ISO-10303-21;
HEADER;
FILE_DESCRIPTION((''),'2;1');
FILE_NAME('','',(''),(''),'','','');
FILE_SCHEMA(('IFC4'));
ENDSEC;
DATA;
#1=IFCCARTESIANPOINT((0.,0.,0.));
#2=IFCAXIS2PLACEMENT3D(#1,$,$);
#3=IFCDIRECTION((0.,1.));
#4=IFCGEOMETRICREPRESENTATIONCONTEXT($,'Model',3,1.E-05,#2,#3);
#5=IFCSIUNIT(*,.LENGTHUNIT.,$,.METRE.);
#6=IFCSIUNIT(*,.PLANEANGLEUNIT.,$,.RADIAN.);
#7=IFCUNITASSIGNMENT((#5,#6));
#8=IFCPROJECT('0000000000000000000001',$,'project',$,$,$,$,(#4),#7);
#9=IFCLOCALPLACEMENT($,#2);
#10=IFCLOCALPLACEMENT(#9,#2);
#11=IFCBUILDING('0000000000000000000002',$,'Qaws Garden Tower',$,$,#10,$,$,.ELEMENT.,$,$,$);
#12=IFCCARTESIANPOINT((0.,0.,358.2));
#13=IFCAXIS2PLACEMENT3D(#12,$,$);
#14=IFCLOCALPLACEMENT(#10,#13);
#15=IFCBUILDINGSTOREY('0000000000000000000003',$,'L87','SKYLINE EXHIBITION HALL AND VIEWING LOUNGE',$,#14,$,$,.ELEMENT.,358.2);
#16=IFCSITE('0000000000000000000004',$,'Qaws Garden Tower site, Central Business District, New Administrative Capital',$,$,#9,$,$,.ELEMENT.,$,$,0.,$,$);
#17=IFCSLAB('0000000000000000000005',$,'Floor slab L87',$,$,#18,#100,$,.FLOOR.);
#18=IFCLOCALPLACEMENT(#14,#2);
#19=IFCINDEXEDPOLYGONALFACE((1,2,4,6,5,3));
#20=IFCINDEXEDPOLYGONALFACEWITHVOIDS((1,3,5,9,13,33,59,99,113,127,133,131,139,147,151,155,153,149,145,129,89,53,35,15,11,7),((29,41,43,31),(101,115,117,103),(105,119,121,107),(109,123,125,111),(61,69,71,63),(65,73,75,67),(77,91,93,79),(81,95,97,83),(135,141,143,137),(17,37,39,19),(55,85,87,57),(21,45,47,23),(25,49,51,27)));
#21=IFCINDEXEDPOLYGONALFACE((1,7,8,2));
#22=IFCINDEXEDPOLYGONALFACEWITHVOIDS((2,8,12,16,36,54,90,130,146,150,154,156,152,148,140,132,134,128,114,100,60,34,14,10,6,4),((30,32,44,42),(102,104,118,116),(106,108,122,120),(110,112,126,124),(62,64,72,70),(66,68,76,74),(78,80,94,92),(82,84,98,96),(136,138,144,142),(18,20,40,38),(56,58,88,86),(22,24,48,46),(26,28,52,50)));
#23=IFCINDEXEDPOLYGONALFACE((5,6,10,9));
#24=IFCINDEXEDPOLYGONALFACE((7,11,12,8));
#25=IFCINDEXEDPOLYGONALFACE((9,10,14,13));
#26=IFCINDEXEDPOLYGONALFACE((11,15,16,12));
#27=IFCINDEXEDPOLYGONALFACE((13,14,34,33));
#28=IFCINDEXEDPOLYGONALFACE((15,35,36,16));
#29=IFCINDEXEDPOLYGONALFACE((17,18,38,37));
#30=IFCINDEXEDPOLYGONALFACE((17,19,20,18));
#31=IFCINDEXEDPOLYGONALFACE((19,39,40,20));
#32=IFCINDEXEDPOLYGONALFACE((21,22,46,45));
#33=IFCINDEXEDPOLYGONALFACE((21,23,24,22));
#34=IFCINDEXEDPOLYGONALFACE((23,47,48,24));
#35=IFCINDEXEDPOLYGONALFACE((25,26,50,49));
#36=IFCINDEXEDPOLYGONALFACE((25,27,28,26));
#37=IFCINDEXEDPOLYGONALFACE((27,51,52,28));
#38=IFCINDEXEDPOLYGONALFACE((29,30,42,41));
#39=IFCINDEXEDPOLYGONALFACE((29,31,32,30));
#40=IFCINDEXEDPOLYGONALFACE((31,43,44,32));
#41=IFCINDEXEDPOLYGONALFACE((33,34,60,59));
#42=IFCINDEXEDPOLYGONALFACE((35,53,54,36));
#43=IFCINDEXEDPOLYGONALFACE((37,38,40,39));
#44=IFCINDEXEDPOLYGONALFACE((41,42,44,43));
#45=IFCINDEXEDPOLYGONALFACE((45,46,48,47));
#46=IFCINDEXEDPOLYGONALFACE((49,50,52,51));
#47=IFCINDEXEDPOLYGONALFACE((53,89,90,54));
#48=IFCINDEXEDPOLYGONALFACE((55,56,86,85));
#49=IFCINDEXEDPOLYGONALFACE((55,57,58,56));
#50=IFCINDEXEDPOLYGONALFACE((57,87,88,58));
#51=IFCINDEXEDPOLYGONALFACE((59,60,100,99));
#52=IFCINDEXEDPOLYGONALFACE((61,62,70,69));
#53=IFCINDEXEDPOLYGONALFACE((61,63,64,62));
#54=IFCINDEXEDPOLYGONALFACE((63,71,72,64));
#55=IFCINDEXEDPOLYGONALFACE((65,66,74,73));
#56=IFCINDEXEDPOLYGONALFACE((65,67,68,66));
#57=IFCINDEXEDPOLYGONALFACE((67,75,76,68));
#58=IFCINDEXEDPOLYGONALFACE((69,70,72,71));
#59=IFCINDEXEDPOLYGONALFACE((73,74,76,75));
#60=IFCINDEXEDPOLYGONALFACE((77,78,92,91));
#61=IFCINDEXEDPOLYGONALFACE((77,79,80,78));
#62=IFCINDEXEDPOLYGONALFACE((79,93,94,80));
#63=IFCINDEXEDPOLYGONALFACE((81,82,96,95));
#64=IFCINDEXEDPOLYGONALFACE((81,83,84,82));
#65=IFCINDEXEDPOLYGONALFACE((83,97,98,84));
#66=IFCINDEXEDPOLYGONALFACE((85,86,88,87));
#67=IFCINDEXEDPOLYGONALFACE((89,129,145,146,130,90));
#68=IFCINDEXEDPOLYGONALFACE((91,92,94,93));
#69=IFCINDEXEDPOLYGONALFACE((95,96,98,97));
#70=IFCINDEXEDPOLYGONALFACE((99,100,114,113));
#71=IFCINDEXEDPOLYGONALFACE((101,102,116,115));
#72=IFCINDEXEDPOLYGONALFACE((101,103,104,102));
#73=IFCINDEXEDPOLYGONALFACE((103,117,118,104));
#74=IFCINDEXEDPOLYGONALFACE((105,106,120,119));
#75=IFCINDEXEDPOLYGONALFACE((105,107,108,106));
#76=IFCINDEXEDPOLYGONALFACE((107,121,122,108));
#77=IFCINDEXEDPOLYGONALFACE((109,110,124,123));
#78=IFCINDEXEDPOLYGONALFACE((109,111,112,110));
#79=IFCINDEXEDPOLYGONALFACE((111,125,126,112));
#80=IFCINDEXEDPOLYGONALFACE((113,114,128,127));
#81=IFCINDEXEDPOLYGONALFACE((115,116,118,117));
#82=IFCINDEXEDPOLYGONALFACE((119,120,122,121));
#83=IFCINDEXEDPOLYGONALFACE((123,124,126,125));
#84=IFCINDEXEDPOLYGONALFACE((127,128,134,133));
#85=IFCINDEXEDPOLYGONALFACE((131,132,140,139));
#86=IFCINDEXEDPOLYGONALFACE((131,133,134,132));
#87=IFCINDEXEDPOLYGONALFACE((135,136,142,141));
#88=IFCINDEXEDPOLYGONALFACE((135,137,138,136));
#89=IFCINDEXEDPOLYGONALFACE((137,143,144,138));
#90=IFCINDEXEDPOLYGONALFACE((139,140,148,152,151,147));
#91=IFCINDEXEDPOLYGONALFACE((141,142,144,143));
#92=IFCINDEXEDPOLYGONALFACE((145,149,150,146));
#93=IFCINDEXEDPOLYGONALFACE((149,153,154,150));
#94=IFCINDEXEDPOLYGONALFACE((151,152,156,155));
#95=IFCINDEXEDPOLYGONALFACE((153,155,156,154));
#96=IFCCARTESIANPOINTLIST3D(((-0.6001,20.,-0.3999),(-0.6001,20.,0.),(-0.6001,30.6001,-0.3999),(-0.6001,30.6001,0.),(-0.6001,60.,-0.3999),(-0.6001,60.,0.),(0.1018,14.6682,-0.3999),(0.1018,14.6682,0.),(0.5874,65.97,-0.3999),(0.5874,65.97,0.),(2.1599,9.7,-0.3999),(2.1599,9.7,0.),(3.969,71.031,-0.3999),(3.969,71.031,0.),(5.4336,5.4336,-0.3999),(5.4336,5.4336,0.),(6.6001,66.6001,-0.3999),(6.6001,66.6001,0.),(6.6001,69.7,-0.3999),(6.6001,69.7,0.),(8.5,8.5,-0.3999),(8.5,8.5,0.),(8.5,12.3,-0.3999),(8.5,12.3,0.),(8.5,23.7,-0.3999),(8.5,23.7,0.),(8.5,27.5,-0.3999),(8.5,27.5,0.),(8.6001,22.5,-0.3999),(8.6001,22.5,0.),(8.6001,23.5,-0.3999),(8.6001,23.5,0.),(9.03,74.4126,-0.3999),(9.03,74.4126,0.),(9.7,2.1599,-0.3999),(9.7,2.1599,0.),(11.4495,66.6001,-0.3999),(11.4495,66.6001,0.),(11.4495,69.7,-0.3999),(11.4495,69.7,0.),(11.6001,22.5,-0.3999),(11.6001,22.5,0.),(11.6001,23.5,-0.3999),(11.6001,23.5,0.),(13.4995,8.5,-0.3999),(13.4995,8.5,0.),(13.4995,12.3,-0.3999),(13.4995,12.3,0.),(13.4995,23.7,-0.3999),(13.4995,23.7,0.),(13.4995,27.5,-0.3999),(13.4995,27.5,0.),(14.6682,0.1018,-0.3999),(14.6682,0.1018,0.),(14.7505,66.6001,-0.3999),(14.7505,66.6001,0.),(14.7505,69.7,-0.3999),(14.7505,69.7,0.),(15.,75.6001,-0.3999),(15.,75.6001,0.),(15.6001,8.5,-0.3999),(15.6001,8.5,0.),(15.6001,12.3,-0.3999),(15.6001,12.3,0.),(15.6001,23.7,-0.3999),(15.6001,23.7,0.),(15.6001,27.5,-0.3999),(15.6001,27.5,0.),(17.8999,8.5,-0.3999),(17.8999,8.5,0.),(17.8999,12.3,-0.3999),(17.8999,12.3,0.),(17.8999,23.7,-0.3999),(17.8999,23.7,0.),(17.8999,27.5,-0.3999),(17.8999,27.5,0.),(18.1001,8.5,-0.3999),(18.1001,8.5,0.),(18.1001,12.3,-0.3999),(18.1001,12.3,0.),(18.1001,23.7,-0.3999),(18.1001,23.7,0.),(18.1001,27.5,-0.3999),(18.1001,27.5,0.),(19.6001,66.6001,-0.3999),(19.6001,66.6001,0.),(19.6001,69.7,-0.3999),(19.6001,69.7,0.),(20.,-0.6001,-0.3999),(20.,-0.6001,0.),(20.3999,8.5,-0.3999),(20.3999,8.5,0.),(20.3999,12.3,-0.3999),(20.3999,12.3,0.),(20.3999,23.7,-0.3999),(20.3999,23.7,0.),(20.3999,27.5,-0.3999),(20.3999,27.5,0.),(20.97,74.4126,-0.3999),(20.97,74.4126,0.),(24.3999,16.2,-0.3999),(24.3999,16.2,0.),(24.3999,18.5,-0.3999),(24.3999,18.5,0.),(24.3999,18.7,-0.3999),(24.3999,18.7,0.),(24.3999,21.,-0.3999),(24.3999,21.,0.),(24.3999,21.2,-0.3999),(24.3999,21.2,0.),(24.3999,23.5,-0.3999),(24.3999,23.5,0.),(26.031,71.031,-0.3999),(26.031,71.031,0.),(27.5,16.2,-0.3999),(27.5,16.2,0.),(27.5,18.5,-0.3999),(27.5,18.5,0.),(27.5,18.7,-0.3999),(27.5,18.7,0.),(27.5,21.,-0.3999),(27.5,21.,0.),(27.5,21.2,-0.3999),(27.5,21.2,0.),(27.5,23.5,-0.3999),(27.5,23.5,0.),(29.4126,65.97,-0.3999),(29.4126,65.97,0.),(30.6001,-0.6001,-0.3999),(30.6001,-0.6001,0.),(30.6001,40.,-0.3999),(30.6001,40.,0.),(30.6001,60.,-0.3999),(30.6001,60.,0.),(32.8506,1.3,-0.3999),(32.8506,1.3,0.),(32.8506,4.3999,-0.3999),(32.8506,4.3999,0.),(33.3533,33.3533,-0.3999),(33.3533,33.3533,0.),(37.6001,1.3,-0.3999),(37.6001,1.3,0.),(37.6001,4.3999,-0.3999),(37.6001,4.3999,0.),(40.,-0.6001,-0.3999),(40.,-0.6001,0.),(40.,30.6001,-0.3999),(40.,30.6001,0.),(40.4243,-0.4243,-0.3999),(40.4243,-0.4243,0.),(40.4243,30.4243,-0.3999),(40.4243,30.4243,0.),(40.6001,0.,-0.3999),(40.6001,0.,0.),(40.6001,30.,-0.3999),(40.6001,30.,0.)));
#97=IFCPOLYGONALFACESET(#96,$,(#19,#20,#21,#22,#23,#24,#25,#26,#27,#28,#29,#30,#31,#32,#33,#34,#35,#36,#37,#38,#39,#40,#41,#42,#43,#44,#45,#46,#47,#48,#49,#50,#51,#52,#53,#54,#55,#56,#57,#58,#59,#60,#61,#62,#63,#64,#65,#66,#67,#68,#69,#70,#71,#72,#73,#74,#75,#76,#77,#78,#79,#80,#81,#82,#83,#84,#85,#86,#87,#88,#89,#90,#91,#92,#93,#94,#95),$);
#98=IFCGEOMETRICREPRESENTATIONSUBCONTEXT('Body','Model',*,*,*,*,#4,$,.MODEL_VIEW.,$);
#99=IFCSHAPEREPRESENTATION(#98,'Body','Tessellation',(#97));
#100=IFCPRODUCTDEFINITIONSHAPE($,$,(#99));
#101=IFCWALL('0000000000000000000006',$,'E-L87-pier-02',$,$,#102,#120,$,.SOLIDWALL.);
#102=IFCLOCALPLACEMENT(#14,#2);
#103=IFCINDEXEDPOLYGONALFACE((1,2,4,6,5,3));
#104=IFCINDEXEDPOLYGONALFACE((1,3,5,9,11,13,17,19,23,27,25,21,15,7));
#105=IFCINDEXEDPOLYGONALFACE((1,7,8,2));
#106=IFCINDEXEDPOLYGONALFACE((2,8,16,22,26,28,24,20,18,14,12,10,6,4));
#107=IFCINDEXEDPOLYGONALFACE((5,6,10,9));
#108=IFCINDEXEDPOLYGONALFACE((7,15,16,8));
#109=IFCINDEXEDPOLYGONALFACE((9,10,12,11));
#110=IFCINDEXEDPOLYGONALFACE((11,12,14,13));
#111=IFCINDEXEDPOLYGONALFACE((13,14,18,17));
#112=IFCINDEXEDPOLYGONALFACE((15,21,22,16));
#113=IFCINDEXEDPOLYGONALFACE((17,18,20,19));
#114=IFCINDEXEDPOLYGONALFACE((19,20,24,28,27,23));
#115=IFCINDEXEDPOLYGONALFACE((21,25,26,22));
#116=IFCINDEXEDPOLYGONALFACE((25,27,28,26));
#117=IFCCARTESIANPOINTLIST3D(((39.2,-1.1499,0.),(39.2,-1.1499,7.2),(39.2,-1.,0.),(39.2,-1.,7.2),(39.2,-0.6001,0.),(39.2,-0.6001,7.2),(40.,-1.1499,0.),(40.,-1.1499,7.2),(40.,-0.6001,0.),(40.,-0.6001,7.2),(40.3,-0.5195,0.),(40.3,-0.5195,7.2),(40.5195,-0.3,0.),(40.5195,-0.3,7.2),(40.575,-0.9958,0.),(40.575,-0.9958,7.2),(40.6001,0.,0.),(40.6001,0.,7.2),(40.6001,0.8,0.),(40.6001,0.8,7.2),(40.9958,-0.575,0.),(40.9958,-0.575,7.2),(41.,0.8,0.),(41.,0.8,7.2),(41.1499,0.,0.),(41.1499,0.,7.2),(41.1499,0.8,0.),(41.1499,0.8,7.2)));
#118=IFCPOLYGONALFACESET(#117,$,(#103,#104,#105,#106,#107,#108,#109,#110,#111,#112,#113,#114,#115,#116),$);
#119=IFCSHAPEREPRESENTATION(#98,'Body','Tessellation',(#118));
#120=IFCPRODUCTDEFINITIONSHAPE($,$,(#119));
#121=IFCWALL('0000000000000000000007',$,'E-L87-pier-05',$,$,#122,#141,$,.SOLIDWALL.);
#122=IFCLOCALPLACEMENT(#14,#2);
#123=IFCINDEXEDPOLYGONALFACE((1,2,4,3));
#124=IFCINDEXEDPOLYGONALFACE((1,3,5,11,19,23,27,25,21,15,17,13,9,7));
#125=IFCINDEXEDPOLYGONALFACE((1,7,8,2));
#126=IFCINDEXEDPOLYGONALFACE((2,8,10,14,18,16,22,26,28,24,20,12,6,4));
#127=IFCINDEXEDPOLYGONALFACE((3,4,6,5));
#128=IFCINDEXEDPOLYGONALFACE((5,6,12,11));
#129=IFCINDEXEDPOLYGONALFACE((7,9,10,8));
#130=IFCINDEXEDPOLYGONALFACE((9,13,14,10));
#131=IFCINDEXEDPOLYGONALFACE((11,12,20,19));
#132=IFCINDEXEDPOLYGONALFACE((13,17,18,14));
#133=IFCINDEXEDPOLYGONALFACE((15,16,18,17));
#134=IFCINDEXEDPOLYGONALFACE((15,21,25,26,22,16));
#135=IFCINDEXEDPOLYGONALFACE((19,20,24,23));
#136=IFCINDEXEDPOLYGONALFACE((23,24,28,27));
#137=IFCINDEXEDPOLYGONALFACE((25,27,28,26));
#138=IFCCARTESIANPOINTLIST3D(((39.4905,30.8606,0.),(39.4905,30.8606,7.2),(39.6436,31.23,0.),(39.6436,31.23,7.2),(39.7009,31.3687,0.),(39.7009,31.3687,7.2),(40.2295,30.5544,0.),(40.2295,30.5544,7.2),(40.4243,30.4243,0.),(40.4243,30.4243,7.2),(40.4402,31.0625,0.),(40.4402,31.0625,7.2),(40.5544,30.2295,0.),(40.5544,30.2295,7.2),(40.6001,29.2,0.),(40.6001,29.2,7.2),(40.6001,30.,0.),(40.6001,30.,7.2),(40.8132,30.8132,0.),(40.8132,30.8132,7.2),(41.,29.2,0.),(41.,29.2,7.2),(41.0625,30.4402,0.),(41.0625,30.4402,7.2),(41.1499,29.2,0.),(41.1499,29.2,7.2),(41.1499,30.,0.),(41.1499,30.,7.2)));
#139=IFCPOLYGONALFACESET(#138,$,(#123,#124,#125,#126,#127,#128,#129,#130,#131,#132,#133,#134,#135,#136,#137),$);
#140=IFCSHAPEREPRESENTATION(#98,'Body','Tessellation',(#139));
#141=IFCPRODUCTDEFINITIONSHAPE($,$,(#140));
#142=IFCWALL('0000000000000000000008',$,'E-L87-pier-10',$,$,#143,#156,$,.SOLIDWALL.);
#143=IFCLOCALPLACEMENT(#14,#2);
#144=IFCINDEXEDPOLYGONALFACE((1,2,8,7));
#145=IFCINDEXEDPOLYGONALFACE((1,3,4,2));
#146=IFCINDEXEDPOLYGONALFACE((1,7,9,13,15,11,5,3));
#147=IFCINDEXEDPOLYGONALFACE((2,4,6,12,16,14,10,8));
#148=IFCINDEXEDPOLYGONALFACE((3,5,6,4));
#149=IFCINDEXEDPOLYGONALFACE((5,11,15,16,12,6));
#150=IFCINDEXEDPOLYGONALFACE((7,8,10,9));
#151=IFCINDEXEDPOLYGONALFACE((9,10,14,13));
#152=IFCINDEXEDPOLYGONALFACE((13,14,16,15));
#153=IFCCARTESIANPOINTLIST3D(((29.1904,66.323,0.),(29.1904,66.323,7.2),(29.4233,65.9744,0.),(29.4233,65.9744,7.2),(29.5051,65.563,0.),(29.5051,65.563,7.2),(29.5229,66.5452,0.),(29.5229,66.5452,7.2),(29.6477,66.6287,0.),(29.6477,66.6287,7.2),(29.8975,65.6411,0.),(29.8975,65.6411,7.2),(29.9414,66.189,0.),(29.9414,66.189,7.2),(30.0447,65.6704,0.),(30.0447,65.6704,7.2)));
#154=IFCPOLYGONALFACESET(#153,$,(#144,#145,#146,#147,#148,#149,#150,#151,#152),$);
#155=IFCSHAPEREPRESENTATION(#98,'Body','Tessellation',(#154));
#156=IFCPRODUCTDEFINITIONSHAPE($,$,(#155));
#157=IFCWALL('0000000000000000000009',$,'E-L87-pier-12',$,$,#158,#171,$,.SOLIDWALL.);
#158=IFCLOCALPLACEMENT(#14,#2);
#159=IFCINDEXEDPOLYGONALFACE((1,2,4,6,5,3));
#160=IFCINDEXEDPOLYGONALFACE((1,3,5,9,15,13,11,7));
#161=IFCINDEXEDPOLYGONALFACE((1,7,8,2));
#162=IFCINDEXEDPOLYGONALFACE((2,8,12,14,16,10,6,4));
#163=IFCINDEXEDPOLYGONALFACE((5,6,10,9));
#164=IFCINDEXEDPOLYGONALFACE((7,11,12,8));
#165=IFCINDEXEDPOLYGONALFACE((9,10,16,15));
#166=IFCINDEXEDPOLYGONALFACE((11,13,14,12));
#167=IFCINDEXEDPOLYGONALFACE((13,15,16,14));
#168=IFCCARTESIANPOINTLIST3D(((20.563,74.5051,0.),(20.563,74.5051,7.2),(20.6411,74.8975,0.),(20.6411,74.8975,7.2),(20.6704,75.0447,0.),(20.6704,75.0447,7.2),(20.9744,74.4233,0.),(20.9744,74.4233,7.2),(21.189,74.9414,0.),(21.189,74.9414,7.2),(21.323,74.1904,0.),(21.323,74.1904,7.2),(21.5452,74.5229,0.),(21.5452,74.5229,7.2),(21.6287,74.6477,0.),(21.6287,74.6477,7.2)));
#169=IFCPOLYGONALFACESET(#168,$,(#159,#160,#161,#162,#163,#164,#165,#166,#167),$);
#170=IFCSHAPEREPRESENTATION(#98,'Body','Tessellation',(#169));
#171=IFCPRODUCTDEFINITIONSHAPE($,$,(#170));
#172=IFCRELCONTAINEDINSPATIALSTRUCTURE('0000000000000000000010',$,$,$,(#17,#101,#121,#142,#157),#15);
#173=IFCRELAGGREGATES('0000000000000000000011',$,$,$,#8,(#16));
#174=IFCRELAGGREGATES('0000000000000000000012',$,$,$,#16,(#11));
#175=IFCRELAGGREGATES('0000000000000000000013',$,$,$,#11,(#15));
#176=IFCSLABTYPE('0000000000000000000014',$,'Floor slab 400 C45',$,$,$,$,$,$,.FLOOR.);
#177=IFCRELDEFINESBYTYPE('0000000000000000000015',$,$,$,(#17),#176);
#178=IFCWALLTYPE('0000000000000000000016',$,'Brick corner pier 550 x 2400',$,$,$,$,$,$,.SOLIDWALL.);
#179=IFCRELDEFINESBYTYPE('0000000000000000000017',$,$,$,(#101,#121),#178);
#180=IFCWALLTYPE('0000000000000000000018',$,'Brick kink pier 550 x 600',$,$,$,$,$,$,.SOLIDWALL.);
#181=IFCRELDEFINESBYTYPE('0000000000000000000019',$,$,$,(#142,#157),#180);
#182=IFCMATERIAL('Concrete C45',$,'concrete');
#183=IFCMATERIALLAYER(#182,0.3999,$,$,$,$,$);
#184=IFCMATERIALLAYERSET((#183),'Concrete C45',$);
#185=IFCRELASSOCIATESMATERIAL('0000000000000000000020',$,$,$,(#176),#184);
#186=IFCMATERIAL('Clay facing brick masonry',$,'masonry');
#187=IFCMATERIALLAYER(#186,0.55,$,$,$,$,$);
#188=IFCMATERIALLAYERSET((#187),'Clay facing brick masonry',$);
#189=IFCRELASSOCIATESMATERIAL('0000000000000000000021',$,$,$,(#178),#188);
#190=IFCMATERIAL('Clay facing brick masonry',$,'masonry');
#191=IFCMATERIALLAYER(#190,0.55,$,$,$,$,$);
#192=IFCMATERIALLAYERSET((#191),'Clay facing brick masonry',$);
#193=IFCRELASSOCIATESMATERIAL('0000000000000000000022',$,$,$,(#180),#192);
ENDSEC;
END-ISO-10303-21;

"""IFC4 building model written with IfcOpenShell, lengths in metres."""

from ifc_helpers import new_model, si_unit, direction, frame, origin, place, context, subcontext, project, spatial, polyline, outline, extrude, material, layer, layer_set, type_object, element, save


model = new_model("IFC4")

# Units and contexts
model_context = context("Model", 3, precision=1e-05, world=origin(), true_north=direction((0.0, 1.0)))
body_context = subcontext(model_context, "Body", "Model", "MODEL_VIEW")
ifc_project = project(units=[si_unit("LENGTHUNIT", "METRE"), si_unit("PLANEANGLEUNIT", "RADIAN")], contexts=[model_context])

# Site, building, storey
site_placement = place(None, origin())
site = spatial("IfcSite", under=ifc_project, at=site_placement, Name="Qaws Garden Tower site, Central Business District, New Administrative Capital", CompositionType="ELEMENT", RefElevation=0.0)
building_placement = place(site_placement, origin())
building = spatial("IfcBuilding", under=site, at=building_placement, Name="Qaws Garden Tower", CompositionType="ELEMENT")
storey_placement = place(building_placement, frame((0.0, 0.0, 358.2)))
storey = spatial("IfcBuildingStorey", under=building, at=storey_placement, Name="L87", Description="SKYLINE EXHIBITION HALL AND VIEWING LOUNGE", CompositionType="ELEMENT", Elevation=358.2)

# Slab
ifc_material_1 = material(Name="Concrete C45", Category="concrete")
ifc_layer_1 = layer(ifc_material_1, 0.3999)
ifc_layer_set_1 = layer_set([ifc_layer_1], Name="Concrete C45")
slab_type = type_object("IfcSlabType", Name="Floor slab 400 C45", PredefinedType="FLOOR", material=ifc_layer_set_1)
slab_placement = place(storey_placement, frame((0.0, 0.0, -0.3999)))
element("IfcSlab", 1, at=slab_placement, inside=storey, type_object=slab_type, Name="Floor slab L87", PredefinedType="FLOOR", context=body_context, shape_type="SweptSolid", body=[
    extrude(outline(polyline([(0.1018, 14.6682), (-0.6001, 20.0), (-0.6001, 30.6001), (-0.6001, 60.0), (-0.6001, 60.0), (0.5874, 65.97), (3.969, 71.031), (9.03, 74.4126), (15.0, 75.6001), (20.97, 74.4126), (26.031, 71.031), (29.4126, 65.97), (30.6001, 60.0), (30.6001, 40.0), (33.3533, 33.3533), (40.0, 30.6001), (40.4243, 30.4243), (40.6001, 30.0), (40.6001, 0.0), (40.4243, -0.4243), (40.0, -0.6001), (30.6001, -0.6001), (20.0, -0.6001), (14.6682, 0.1018), (9.7, 2.1599), (5.4336, 5.4336), (2.1599, 9.7), (0.1018, 14.6682)]), holes=[polyline([(8.5, 12.3), (8.5, 8.5), (13.4995, 8.5), (13.4995, 12.3), (8.5, 12.3)]), polyline([(17.8999, 12.3), (15.6001, 12.3), (15.6001, 8.5), (17.8999, 8.5), (17.8999, 12.3)]), polyline([(11.6001, 23.5), (8.6001, 23.5), (8.6001, 22.5), (11.6001, 22.5), (11.6001, 23.5)]), polyline([(8.5, 27.5), (8.5, 23.7), (13.4995, 23.7), (13.4995, 27.5), (8.5, 27.5)]), polyline([(17.8999, 27.5), (15.6001, 27.5), (15.6001, 23.7), (17.8999, 23.7), (17.8999, 27.5)]), polyline([(11.4495, 69.7), (6.6001, 69.7), (6.6001, 66.6001), (11.4495, 66.6001), (11.4495, 69.7)]), polyline([(14.7505, 69.7), (14.7505, 66.6001), (19.6001, 66.6001), (19.6001, 69.7), (14.7505, 69.7)]), polyline([(37.6001, 4.3999), (32.8506, 4.3999), (32.8506, 1.3), (37.6001, 1.3), (37.6001, 4.3999)]), polyline([(20.3999, 12.3), (18.1001, 12.3), (18.1001, 8.5), (20.3999, 8.5), (20.3999, 12.3)]), polyline([(27.5, 18.5), (24.3999, 18.5), (24.3999, 16.2), (27.5, 16.2), (27.5, 18.5)]), polyline([(27.5, 21.0), (24.3999, 21.0), (24.3999, 18.7), (27.5, 18.7), (27.5, 21.0)]), polyline([(27.5, 23.5), (24.3999, 23.5), (24.3999, 21.2), (27.5, 21.2), (27.5, 23.5)]), polyline([(20.3999, 27.5), (18.1001, 27.5), (18.1001, 23.7), (20.3999, 23.7), (20.3999, 27.5)])]), origin(), (0.0, 0.0, 1.0), 0.3999),
])

# Walls
ifc_material_2 = material(Name="Clay facing brick masonry", Category="masonry")
ifc_layer_2 = layer(ifc_material_2, 0.55)
ifc_layer_set_2 = layer_set([ifc_layer_2], Name="Clay facing brick masonry")
wall_type_1 = type_object("IfcWallType", Name="Brick corner pier 550 x 2400", PredefinedType="SOLIDWALL", material=ifc_layer_set_2)
placement = place(storey_placement, origin())
element("IfcWall", 2, at=placement, inside=storey, type_object=wall_type_1, Name="E-L87-pier-02", PredefinedType="SOLIDWALL", context=body_context, shape_type="SweptSolid", body=[
    extrude(outline(polyline([(39.2, -1.0), (39.2, -1.1499), (40.0, -1.1499), (40.575, -0.9958), (40.9958, -0.575), (41.1499, 0.0), (41.1499, 0.8), (41.0, 0.8), (40.6001, 0.8), (40.6001, 0.0), (40.5195, -0.3), (40.3, -0.5195), (40.0, -0.6001), (39.2, -0.6001), (39.2, -1.0)])), origin(), (0.0, 0.0, 1.0), 7.2),
])
element("IfcWall", 3, at=placement, inside=storey, type_object=wall_type_1, Name="E-L87-pier-05", PredefinedType="SOLIDWALL", context=body_context, shape_type="SweptSolid", body=[
    extrude(outline(polyline([(41.0, 29.2), (41.1499, 29.2), (41.1499, 30.0), (41.0625, 30.4402), (40.8132, 30.8132), (40.4402, 31.0625), (39.7009, 31.3687), (39.6436, 31.23), (39.4905, 30.8606), (40.2295, 30.5544), (40.4243, 30.4243), (40.5544, 30.2295), (40.6001, 30.0), (40.6001, 29.2), (41.0, 29.2)])), origin(), (0.0, 0.0, 1.0), 7.2),
])
ifc_material_3 = material(Name="Clay facing brick masonry", Category="masonry")
ifc_layer_3 = layer(ifc_material_3, 0.55)
ifc_layer_set_3 = layer_set([ifc_layer_3], Name="Clay facing brick masonry")
wall_type_2 = type_object("IfcWallType", Name="Brick kink pier 550 x 600", PredefinedType="SOLIDWALL", material=ifc_layer_set_3)
element("IfcWall", 4, at=placement, inside=storey, type_object=wall_type_2, Name="E-L87-pier-10", PredefinedType="SOLIDWALL", context=body_context, shape_type="SweptSolid", body=[
    extrude(outline(polyline([(29.8975, 65.6411), (30.0447, 65.6704), (29.9414, 66.189), (29.6477, 66.6287), (29.5229, 66.5452), (29.1904, 66.323), (29.4233, 65.9744), (29.5051, 65.563), (29.8975, 65.6411)])), origin(), (0.0, 0.0, 1.0), 7.2),
])
element("IfcWall", 5, at=placement, inside=storey, type_object=wall_type_2, Name="E-L87-pier-12", PredefinedType="SOLIDWALL", context=body_context, shape_type="SweptSolid", body=[
    extrude(outline(polyline([(21.5452, 74.5229), (21.6287, 74.6477), (21.189, 74.9414), (20.6704, 75.0447), (20.6411, 74.8975), (20.563, 74.5051), (20.9744, 74.4233), (21.323, 74.1904), (21.5452, 74.5229)])), origin(), (0.0, 0.0, 1.0), 7.2),
])

save(model, "model.ifc")
